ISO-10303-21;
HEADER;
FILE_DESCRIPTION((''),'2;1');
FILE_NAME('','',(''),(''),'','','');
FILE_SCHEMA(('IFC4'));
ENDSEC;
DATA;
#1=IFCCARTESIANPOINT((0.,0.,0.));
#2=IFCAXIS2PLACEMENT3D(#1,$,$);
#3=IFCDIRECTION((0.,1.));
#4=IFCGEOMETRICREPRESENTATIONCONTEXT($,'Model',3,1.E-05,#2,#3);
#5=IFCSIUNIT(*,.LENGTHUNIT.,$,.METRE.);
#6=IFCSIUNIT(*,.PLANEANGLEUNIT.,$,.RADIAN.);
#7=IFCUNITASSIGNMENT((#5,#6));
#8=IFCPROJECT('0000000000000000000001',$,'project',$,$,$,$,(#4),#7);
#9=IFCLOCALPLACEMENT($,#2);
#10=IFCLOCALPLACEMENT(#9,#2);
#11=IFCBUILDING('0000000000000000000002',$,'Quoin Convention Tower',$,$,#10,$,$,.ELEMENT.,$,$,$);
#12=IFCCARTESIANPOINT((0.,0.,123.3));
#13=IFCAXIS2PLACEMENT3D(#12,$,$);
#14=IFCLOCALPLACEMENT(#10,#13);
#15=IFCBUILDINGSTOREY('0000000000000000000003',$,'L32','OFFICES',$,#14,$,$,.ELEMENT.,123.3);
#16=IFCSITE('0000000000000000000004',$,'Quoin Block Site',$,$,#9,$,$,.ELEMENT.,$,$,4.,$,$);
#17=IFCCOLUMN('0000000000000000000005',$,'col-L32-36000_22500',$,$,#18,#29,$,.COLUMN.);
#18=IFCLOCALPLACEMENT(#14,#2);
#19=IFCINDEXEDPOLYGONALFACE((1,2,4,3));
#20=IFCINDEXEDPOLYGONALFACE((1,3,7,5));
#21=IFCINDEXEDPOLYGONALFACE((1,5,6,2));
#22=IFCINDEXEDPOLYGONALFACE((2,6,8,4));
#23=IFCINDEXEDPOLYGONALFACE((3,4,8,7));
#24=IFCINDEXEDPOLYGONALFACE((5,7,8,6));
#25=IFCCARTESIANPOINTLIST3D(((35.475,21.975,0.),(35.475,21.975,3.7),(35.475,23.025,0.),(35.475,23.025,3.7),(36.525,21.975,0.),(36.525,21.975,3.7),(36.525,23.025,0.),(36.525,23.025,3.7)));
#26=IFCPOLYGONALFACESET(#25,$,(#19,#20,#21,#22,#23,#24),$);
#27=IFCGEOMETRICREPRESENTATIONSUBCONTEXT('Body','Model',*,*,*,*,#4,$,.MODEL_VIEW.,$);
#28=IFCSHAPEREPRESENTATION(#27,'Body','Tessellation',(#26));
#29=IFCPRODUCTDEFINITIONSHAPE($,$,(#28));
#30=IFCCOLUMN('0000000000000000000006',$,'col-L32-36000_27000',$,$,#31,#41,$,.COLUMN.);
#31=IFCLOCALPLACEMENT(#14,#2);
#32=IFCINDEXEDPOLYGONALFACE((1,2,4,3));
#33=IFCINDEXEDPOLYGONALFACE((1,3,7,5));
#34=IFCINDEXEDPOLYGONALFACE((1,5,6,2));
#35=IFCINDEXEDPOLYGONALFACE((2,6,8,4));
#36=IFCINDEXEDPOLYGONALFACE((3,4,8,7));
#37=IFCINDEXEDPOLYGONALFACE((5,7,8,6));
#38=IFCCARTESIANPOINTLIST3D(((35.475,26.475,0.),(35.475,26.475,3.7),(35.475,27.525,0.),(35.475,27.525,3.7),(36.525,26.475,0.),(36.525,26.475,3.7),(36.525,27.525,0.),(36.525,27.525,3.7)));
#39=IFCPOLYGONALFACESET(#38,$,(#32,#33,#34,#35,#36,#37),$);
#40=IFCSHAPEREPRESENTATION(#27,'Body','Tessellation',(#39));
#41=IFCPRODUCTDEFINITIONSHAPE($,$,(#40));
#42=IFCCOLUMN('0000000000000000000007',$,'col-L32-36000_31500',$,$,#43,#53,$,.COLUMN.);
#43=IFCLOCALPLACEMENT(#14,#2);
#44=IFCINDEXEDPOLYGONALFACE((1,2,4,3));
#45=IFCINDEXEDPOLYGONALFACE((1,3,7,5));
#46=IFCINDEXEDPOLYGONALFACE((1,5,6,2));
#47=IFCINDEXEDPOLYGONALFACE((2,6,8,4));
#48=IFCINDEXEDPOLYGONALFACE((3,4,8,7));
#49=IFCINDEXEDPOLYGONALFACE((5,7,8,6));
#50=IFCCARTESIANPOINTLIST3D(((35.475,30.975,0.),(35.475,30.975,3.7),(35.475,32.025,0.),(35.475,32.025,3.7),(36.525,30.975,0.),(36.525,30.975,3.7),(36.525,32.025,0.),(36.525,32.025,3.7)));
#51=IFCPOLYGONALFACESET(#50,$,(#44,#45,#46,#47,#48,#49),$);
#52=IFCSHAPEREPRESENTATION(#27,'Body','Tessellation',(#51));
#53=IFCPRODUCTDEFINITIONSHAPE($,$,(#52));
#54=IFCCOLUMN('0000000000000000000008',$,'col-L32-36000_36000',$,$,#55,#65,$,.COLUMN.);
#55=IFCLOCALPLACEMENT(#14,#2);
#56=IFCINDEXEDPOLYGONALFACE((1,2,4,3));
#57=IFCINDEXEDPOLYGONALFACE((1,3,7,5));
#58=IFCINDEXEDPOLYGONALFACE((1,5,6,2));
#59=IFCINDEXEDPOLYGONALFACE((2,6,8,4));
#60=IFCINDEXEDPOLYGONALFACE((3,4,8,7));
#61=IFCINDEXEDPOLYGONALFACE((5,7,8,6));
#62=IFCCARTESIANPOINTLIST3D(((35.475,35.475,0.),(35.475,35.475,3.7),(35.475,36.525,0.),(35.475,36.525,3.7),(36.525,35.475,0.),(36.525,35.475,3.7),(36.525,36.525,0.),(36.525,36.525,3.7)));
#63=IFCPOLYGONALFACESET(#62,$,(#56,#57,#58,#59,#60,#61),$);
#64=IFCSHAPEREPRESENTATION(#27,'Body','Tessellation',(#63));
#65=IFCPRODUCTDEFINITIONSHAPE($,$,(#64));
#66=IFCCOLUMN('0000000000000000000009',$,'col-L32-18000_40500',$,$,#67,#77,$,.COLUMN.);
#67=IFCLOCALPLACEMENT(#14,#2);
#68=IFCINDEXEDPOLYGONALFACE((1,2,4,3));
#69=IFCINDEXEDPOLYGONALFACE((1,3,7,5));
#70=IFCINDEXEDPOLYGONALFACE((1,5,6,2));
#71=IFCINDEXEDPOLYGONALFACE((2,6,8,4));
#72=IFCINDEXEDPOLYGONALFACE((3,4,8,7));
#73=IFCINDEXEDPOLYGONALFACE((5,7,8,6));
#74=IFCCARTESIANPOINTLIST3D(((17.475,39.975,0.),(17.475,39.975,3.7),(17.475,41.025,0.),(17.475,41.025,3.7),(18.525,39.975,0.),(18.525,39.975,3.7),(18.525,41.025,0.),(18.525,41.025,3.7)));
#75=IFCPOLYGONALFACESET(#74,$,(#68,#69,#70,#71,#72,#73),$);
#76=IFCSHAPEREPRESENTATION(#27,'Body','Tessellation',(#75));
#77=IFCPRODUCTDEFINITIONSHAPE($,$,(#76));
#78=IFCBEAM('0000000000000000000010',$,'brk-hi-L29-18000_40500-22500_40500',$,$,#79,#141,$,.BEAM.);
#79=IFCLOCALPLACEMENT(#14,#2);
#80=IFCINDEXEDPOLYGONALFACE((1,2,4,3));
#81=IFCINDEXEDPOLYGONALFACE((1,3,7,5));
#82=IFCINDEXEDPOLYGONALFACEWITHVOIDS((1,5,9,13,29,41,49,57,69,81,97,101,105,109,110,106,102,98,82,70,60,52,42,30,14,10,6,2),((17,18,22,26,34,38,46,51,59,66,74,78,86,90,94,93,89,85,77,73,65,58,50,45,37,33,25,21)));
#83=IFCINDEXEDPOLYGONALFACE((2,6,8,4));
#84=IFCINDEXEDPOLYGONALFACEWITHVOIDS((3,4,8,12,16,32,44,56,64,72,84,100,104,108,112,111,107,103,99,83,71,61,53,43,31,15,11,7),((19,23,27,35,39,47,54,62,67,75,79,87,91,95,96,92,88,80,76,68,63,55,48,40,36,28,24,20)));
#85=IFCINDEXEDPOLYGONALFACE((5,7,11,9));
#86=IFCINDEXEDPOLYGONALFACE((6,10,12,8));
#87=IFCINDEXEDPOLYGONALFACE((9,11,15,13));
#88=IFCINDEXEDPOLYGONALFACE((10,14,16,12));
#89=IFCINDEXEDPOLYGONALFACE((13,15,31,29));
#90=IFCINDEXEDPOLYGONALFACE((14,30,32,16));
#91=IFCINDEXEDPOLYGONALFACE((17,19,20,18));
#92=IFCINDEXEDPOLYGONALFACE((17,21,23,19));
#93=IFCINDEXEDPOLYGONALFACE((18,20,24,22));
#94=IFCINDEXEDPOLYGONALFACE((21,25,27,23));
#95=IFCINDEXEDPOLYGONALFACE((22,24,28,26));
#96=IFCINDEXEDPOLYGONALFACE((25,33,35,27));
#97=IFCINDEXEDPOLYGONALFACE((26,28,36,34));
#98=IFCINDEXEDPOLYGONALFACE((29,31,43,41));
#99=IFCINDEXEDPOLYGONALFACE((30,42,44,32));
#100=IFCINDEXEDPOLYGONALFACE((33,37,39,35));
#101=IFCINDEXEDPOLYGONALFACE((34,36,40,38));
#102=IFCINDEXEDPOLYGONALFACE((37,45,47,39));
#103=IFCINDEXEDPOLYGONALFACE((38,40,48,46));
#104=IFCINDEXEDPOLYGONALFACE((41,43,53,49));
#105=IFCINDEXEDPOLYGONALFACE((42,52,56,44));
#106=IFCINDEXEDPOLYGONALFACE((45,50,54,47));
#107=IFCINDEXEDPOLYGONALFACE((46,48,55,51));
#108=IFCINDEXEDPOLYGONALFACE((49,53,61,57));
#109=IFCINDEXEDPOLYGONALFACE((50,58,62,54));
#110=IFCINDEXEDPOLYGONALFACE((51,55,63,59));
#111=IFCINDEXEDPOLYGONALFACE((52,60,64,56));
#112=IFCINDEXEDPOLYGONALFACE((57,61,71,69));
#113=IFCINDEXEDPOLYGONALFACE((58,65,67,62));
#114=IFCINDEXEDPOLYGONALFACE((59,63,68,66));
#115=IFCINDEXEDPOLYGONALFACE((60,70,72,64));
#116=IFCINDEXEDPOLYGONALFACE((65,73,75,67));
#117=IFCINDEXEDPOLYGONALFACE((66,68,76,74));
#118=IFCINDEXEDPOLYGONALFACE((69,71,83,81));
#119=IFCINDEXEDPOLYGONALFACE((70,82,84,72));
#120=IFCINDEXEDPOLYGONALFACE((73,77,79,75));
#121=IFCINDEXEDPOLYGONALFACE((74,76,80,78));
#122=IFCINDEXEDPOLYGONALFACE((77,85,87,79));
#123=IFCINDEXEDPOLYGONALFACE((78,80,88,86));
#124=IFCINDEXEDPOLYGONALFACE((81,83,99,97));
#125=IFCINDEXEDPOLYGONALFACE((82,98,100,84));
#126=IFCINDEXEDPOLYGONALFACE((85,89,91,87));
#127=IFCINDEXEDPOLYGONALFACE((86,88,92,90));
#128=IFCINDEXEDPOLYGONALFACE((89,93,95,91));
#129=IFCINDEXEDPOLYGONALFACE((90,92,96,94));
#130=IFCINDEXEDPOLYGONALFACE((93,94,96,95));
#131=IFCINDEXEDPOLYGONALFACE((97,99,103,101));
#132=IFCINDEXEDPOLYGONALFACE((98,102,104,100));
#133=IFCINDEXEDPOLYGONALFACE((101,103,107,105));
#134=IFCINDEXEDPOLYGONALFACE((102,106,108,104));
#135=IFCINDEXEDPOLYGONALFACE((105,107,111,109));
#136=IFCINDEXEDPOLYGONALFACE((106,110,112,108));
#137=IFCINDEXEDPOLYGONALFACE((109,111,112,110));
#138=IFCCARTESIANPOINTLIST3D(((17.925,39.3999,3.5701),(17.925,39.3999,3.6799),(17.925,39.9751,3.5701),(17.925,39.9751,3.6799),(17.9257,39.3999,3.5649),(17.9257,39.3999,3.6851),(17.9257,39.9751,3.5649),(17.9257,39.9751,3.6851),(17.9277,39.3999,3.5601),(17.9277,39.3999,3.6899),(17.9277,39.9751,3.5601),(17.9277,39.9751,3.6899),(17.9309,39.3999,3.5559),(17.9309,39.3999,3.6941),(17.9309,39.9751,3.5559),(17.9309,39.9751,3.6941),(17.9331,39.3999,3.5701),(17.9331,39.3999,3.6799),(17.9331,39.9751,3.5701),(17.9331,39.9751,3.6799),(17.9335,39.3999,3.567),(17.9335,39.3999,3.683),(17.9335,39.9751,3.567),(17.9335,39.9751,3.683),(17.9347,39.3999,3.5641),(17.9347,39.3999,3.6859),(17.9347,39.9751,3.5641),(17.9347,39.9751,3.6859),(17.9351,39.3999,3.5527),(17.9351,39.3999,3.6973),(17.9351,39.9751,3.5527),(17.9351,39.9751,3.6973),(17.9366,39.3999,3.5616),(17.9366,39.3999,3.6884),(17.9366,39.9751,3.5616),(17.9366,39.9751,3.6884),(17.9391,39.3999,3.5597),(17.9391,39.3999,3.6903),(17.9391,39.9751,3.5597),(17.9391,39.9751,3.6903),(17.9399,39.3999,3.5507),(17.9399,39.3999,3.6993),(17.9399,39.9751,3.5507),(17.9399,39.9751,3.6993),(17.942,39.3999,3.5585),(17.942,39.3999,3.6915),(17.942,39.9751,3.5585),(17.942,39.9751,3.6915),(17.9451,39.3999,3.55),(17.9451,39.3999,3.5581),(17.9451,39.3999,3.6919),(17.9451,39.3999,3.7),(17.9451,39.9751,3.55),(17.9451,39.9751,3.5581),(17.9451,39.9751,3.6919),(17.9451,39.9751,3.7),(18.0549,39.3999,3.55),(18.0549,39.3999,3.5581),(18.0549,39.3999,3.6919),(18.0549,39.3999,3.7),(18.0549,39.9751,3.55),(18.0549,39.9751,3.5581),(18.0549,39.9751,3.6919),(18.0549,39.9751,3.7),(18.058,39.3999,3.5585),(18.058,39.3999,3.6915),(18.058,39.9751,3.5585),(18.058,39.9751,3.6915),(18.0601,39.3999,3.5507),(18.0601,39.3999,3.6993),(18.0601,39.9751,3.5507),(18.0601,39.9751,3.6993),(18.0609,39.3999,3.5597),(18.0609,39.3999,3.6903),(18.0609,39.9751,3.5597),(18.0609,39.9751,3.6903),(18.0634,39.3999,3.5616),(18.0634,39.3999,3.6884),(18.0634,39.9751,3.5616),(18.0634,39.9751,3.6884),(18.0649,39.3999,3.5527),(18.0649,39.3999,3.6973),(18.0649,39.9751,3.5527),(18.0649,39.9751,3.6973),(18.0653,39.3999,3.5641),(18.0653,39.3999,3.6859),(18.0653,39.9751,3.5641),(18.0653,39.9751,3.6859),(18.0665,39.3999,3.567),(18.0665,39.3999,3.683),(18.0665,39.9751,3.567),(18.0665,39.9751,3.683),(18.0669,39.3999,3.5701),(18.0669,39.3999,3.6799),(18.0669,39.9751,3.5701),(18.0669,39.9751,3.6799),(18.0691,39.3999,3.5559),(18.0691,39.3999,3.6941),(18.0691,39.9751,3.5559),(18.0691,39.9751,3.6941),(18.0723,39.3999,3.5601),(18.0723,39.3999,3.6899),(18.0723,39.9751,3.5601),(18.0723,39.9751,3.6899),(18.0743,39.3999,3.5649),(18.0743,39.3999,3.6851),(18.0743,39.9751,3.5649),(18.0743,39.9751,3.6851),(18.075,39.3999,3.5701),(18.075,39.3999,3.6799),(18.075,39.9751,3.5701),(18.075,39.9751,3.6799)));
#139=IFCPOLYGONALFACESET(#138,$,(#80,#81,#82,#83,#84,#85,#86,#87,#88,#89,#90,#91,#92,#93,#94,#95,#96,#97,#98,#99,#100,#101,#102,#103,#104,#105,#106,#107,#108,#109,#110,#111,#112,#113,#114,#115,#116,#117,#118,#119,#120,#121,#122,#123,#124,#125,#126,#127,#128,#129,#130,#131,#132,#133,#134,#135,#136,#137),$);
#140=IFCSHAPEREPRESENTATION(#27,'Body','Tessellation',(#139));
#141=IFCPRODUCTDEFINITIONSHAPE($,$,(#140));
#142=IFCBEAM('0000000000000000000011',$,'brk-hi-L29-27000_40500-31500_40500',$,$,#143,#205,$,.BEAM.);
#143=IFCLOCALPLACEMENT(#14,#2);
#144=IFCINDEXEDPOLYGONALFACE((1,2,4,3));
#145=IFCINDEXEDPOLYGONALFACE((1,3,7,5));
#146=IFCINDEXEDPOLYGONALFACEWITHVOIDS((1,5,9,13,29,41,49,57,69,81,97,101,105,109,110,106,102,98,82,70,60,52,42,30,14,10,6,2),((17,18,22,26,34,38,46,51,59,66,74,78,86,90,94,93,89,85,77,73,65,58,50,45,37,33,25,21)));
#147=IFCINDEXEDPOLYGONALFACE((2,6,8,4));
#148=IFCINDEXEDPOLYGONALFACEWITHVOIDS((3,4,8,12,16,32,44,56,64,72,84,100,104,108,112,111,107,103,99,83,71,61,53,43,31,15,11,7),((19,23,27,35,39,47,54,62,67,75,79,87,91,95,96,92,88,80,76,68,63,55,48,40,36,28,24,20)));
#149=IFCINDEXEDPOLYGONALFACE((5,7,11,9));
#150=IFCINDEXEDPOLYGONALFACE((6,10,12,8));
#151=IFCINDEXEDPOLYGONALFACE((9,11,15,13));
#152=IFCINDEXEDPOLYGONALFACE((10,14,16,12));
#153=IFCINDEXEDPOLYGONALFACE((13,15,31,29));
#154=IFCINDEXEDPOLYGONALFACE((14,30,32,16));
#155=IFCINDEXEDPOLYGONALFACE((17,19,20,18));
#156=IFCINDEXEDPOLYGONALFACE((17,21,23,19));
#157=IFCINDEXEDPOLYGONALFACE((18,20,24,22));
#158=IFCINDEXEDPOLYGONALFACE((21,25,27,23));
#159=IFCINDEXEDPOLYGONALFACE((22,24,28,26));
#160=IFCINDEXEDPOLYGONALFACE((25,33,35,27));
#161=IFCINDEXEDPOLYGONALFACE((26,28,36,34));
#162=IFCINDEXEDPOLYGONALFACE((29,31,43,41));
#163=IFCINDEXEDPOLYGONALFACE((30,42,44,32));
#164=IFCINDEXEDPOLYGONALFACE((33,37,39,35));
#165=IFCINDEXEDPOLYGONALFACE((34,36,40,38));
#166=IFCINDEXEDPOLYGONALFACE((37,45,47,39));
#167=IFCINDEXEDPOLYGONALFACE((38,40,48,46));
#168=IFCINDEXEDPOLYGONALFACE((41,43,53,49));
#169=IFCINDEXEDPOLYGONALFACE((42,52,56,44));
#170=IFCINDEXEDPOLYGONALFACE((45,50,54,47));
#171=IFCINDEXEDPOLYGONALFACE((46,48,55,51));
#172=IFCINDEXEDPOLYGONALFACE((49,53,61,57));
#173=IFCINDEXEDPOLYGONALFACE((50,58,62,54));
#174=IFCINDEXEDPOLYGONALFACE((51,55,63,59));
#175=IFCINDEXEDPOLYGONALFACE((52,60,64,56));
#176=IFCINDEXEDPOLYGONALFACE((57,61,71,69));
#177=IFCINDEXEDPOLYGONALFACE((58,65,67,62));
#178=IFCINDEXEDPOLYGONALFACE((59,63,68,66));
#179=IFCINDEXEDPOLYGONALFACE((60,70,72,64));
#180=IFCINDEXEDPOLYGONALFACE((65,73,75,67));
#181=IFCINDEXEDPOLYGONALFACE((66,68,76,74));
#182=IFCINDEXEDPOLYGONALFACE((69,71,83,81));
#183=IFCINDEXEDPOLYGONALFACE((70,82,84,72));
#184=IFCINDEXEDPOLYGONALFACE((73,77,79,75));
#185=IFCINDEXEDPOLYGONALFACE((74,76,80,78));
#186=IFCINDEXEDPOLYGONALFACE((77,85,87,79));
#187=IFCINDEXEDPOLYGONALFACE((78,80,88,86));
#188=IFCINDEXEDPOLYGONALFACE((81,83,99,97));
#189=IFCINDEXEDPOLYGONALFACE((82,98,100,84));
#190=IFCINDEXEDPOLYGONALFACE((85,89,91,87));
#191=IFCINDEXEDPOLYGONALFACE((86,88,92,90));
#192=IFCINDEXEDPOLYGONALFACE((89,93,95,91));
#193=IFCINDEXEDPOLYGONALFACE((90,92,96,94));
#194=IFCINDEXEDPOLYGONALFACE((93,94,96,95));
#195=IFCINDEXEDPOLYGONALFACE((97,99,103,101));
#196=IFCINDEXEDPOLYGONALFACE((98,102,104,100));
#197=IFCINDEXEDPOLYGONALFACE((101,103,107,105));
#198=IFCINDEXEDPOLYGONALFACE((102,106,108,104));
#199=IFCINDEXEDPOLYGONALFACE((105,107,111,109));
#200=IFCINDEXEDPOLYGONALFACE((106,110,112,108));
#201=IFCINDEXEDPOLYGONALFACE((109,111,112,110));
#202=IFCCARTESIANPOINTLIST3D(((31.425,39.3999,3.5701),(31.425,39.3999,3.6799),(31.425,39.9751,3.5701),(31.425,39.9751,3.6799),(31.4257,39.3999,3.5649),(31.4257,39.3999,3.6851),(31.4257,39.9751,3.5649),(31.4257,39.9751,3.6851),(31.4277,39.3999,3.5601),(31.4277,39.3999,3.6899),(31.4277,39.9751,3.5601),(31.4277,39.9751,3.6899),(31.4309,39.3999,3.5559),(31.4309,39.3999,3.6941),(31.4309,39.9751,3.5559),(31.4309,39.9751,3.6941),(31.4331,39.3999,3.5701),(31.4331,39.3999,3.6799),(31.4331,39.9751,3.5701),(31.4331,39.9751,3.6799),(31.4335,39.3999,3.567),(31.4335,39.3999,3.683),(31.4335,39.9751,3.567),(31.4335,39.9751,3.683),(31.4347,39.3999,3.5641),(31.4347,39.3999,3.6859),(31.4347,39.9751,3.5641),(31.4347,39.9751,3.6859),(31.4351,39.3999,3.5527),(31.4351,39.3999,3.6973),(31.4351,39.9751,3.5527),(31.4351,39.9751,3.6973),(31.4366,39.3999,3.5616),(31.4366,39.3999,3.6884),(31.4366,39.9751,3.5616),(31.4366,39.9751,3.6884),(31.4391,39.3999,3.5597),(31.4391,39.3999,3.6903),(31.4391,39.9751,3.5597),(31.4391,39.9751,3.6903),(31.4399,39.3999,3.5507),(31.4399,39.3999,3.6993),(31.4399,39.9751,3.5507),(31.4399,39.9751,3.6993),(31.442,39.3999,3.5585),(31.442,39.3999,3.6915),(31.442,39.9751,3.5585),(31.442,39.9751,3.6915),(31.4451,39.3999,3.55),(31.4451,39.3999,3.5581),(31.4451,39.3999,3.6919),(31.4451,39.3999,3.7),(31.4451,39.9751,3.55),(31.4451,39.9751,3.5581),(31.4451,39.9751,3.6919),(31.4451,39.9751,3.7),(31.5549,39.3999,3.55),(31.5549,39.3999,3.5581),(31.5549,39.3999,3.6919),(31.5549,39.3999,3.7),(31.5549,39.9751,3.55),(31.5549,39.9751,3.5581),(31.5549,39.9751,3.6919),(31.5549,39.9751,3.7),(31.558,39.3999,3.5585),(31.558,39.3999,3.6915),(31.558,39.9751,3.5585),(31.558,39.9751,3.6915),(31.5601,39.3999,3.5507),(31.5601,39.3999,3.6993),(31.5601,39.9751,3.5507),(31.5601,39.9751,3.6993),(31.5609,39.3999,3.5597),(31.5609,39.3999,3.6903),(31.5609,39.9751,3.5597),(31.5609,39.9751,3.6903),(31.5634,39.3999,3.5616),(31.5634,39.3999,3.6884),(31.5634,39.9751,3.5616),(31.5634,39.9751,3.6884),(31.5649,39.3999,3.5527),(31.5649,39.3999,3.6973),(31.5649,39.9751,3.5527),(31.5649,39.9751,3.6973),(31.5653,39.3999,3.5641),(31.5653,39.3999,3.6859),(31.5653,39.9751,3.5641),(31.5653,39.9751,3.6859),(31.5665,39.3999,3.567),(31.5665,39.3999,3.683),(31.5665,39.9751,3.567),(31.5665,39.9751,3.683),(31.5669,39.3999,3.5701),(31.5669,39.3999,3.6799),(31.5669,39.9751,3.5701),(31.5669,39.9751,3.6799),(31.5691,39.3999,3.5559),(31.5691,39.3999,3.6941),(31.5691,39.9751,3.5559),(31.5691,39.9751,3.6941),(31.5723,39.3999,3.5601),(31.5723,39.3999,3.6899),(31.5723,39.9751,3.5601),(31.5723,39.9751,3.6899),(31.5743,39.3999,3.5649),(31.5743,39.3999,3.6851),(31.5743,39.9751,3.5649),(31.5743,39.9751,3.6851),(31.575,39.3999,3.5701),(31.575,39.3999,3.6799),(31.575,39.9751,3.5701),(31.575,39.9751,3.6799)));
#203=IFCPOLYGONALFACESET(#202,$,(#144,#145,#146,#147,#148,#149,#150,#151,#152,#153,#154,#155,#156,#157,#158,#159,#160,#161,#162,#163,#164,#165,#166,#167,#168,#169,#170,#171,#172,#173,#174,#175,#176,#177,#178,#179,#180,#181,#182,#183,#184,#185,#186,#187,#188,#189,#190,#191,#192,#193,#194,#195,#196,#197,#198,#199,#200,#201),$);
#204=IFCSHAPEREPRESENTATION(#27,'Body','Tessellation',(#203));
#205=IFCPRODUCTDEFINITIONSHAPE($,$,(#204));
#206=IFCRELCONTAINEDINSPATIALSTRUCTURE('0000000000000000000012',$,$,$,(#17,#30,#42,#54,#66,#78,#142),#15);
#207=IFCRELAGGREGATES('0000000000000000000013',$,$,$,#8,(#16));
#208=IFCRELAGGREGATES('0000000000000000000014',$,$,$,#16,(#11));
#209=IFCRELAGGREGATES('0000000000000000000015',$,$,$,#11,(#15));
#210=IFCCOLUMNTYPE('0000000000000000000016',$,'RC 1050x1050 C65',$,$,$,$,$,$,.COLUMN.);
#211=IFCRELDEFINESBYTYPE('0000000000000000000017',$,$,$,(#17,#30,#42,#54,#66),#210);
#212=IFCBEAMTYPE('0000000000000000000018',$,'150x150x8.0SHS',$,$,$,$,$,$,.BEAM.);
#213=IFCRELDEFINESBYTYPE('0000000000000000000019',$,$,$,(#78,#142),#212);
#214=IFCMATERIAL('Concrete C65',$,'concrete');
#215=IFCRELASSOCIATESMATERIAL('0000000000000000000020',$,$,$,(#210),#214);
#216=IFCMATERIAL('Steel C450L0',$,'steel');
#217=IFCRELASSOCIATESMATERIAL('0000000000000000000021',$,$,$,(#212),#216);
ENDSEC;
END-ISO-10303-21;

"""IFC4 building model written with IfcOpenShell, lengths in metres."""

from ifc_helpers import new_model, si_unit, direction, frame, origin, origin_2d, place, context, subcontext, project, spatial, rectangle, hollow_rectangle, extrude, material, material_profile, profile_set, type_object, element, save


model = new_model("IFC4")

# Units and contexts
model_context = context("Model", 3, precision=1e-05, world=origin(), true_north=direction((0.0, 1.0)))
body_context = subcontext(model_context, "Body", "Model", "MODEL_VIEW")
ifc_project = project(units=[si_unit("LENGTHUNIT", "METRE"), si_unit("PLANEANGLEUNIT", "RADIAN")], contexts=[model_context])

# Site, building, storey
site_placement = place(None, origin())
site = spatial("IfcSite", under=ifc_project, at=site_placement, Name="Quoin Block Site", CompositionType="ELEMENT", RefElevation=4.0)
building_placement = place(site_placement, origin())
building = spatial("IfcBuilding", under=site, at=building_placement, Name="Quoin Convention Tower", CompositionType="ELEMENT")
storey_placement = place(building_placement, frame((0.0, 0.0, 123.3)))
storey = spatial("IfcBuildingStorey", under=building, at=storey_placement, Name="L32", Description="OFFICES", CompositionType="ELEMENT", Elevation=123.3)

# Columns
ifc_material_1 = material(Name="Concrete C65", Category="concrete")
ifc_material_profile_1 = material_profile(ifc_material_1, rectangle(XDim=1.05, YDim=1.05, at=origin_2d()), Name="RC 1050x1050")
ifc_profile_set_1 = profile_set([ifc_material_profile_1], Name="Concrete C65")
column_type = type_object("IfcColumnType", Name="RC 1050x1050 C65", PredefinedType="COLUMN", material=ifc_profile_set_1)
for number, where, z_axis, x_axis, name in (
    (1, (36.0, 22.5, 0.0), (0.0, 0.0, 1.0), (1.0, 0.0, 0.0), "col-L32-36000_22500"),
    (2, (36.0, 27.0, 0.0), (0.0, 0.0, 1.0), (1.0, 0.0, 0.0), "col-L32-36000_27000"),
    (3, (36.0, 31.5, 0.0), (0.0, 0.0, 1.0), (1.0, 0.0, 0.0), "col-L32-36000_31500"),
    (4, (36.0, 36.0, 0.0), (0.0, 0.0, 1.0), (1.0, 0.0, 0.0), "col-L32-36000_36000"),
    (5, (18.0, 40.5, 0.0), (0.0, 0.0, 1.0), (1.0, 0.0, 0.0), "col-L32-18000_40500"),
):
    element("IfcColumn", number, at=place(storey_placement, frame(where, z_axis=z_axis, x_axis=x_axis)), inside=storey, type_object=column_type, Name=name, PredefinedType="COLUMN", context=body_context, shape_type="SweptSolid", body=[
        extrude(rectangle(XDim=1.05, YDim=1.05, at=origin_2d()), origin(), (0.0, 0.0, 1.0), 3.7),
    ])

# Beams
ifc_material_2 = material(Name="Steel C450L0", Category="steel")
ifc_material_profile_2 = material_profile(ifc_material_2, hollow_rectangle(XDim=0.1499, YDim=0.1499, WallThickness=0.0081, InnerFilletRadius=0.012, OuterFilletRadius=0.02, at=origin_2d()), Name="150x150x8.0SHS")
ifc_profile_set_2 = profile_set([ifc_material_profile_2], Name="Steel C450L0")
beam_type_1 = type_object("IfcBeamType", Name="150x150x8.0SHS", PredefinedType="BEAM", material=ifc_profile_set_2)
for number, where, z_axis, x_axis, name in (
    (6, (18.0, 39.9751, 3.625), (0.0, -1.0, 0.0), (1.0, 0.0, 0.0), "brk-hi-L29-18000_40500-22500_40500"),
    (7, (31.5, 39.9751, 3.625), (0.0, -1.0, 0.0), (1.0, 0.0, 0.0), "brk-hi-L29-27000_40500-31500_40500"),
):
    element("IfcBeam", number, at=place(storey_placement, frame(where, z_axis=z_axis, x_axis=x_axis)), inside=storey, type_object=beam_type_1, Name=name, PredefinedType="BEAM", context=body_context, shape_type="SweptSolid", body=[
        extrude(hollow_rectangle(XDim=0.1499, YDim=0.1499, WallThickness=0.0081, InnerFilletRadius=0.012, OuterFilletRadius=0.02, at=origin_2d()), origin(), (0.0, 0.0, 1.0), 0.5752),
    ])

save(model, "model.ifc")
